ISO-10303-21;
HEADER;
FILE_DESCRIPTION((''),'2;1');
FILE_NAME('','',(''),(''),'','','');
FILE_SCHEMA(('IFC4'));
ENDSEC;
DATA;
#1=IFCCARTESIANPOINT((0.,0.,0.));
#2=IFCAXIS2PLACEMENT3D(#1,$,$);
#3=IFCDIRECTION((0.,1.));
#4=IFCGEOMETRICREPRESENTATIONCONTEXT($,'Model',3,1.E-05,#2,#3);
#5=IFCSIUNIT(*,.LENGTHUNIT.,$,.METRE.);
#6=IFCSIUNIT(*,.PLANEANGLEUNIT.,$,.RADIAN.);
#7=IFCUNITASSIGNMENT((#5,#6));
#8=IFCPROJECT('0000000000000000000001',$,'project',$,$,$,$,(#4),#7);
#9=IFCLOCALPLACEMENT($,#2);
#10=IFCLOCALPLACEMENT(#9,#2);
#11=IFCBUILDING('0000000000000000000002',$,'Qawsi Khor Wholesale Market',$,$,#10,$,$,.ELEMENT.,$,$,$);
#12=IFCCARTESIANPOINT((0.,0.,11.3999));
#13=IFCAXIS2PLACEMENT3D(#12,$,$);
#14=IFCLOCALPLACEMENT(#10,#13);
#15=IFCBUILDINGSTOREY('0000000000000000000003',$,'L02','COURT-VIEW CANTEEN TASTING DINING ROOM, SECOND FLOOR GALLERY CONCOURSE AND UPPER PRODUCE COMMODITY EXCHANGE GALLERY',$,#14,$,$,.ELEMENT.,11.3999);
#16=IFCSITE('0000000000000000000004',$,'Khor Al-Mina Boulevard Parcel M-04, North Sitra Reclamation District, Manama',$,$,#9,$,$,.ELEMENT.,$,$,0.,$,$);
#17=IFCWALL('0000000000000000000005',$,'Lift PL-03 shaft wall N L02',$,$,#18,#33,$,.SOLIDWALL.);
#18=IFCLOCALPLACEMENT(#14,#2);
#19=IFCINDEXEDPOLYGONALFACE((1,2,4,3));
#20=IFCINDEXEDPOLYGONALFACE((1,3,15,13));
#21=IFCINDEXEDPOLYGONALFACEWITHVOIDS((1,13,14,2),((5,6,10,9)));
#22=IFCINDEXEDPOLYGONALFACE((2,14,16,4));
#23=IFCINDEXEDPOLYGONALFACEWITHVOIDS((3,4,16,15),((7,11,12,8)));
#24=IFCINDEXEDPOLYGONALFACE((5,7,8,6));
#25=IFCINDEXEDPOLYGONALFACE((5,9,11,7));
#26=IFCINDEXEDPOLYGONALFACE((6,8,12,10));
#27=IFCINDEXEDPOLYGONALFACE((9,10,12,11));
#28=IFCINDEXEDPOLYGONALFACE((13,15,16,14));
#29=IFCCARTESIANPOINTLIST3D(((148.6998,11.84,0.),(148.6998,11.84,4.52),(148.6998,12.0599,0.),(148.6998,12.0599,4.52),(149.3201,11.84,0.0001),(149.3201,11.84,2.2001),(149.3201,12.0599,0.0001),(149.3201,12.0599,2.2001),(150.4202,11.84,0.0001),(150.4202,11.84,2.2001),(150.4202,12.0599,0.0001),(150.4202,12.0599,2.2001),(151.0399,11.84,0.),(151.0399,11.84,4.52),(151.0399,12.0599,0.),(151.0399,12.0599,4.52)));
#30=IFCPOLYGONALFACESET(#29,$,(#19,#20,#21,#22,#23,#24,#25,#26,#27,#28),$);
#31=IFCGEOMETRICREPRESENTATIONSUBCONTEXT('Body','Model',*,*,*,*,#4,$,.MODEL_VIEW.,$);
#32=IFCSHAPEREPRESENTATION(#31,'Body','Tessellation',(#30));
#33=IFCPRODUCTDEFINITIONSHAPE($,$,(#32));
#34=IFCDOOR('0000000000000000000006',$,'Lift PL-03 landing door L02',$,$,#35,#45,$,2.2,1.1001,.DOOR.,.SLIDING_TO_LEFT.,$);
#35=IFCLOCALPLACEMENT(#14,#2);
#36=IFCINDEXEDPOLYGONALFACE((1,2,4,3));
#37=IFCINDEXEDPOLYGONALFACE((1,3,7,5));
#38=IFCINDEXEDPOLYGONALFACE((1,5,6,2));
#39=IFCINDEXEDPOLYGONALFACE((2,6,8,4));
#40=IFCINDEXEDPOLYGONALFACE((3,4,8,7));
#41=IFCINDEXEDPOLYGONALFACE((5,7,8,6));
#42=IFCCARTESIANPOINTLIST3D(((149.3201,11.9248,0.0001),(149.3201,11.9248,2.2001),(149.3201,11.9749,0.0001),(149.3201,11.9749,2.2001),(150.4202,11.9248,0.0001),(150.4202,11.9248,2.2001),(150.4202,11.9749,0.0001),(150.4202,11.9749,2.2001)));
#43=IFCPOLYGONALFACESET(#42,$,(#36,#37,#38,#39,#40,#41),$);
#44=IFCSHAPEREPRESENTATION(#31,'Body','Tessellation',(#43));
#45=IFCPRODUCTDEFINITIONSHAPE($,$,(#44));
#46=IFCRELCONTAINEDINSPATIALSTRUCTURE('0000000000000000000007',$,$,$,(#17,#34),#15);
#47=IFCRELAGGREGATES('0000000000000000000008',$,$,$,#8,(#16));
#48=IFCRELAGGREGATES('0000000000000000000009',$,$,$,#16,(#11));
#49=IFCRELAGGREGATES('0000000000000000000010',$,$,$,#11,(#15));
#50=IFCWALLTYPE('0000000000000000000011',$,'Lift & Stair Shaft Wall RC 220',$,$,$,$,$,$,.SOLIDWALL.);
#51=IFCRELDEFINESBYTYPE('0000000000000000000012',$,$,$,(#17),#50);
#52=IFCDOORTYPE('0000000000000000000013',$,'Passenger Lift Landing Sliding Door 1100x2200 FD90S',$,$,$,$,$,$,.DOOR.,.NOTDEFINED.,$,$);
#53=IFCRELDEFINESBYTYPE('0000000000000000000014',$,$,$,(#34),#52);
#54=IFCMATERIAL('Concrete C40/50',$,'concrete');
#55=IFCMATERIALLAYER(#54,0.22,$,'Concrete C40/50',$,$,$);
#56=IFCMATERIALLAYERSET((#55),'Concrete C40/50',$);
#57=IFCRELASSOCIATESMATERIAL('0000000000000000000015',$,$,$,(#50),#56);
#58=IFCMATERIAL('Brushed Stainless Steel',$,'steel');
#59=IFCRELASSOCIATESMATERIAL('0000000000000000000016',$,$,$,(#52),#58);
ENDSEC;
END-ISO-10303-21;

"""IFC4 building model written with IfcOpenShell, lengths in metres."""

from ifc_helpers import new_model, si_unit, direction, frame, frame_2d, origin, place, context, subcontext, project, spatial, rectangle, extrude, material, layer, layer_set, type_object, element, fill, save


model = new_model("IFC4")

# Units and contexts
model_context = context("Model", 3, precision=1e-05, world=origin(), true_north=direction((0.0, 1.0)))
body_context = subcontext(model_context, "Body", "Model", "MODEL_VIEW")
ifc_project = project(units=[si_unit("LENGTHUNIT", "METRE"), si_unit("PLANEANGLEUNIT", "RADIAN")], contexts=[model_context])

# Site, building, storey
site_placement = place(None, origin())
site = spatial("IfcSite", under=ifc_project, at=site_placement, Name="Khor Al-Mina Boulevard Parcel M-04, North Sitra Reclamation District, Manama", CompositionType="ELEMENT", RefElevation=0.0)
building_placement = place(site_placement, origin())
building = spatial("IfcBuilding", under=site, at=building_placement, Name="Qawsi Khor Wholesale Market", CompositionType="ELEMENT")
storey_placement = place(building_placement, frame((0.0, 0.0, 11.3999)))
storey = spatial("IfcBuildingStorey", under=building, at=storey_placement, Name="L02", Description="COURT-VIEW CANTEEN TASTING DINING ROOM, SECOND FLOOR GALLERY CONCOURSE AND UPPER PRODUCE COMMODITY EXCHANGE GALLERY", CompositionType="ELEMENT", Elevation=11.3999)

# Shared definitions
ifc_material_1 = material(Name="Concrete C40/50", Category="concrete")

# Wall, opening, door
ifc_layer_1 = layer(ifc_material_1, 0.22, Name="Concrete C40/50")
ifc_layer_set_1 = layer_set([ifc_layer_1], Name="Concrete C40/50")
wall_type_1 = type_object("IfcWallType", Name="Lift & Stair Shaft Wall RC 220", PredefinedType="SOLIDWALL", material=ifc_layer_set_1)
wall_1_placement = place(storey_placement, frame((148.7, 11.95, 0.0), z_axis=(0.0, 0.0, 1.0), x_axis=(1.0, 0.0, 0.0)))
wall_1 = element("IfcWall", 1, at=wall_1_placement, inside=storey, type_object=wall_type_1, Name="Lift PL-03 shaft wall N L02", PredefinedType="SOLIDWALL", context=body_context, shape_type="SweptSolid", body=[
    extrude(rectangle(XDim=2.3401, YDim=0.22, at=frame_2d((1.1699, 0.0))), origin(), (0.0, 0.0, 1.0), 4.52),
])
opening_1_placement = place(wall_1_placement, frame((0.6201, 0.0, 0.0)))
opening_1 = element("IfcOpeningElement", 2, at=opening_1_placement, cuts=wall_1, PredefinedType="OPENING", context=body_context, shape_type="SweptSolid", body=[
    extrude(rectangle(XDim=1.1001, YDim=2.2, at=frame_2d((0.55, 1.1001))), frame((0.0, 0.1199, 0.0), z_axis=(0.0, -1.0, 0.0), x_axis=(1.0, 0.0, 0.0)), (0.0, 0.0, 1.0), 0.24),
])
ifc_material_2 = material(Name="Brushed Stainless Steel", Category="steel")
door_type_1 = type_object("IfcDoorType", Name="Passenger Lift Landing Sliding Door 1100x2200 FD90S", OperationType="NOTDEFINED", PredefinedType="DOOR", material=ifc_material_2)
door_1_placement = place(opening_1_placement, origin())
door_1 = element("IfcDoor", 3, at=door_1_placement, inside=storey, type_object=door_type_1, Name="Lift PL-03 landing door L02", OperationType="SLIDING_TO_LEFT", OverallHeight=2.2, OverallWidth=1.1001, PredefinedType="DOOR", context=body_context, shape_type="SweptSolid", body=[
    extrude(rectangle(XDim=1.1001, YDim=2.2, at=frame_2d((0.55, 1.1001))), frame((0.0, 0.0249, 0.0), z_axis=(0.0, -1.0, 0.0), x_axis=(1.0, 0.0, 0.0)), (0.0, 0.0, 1.0), 0.05),
])
fill(opening_1, door_1)

save(model, "model.ifc")
